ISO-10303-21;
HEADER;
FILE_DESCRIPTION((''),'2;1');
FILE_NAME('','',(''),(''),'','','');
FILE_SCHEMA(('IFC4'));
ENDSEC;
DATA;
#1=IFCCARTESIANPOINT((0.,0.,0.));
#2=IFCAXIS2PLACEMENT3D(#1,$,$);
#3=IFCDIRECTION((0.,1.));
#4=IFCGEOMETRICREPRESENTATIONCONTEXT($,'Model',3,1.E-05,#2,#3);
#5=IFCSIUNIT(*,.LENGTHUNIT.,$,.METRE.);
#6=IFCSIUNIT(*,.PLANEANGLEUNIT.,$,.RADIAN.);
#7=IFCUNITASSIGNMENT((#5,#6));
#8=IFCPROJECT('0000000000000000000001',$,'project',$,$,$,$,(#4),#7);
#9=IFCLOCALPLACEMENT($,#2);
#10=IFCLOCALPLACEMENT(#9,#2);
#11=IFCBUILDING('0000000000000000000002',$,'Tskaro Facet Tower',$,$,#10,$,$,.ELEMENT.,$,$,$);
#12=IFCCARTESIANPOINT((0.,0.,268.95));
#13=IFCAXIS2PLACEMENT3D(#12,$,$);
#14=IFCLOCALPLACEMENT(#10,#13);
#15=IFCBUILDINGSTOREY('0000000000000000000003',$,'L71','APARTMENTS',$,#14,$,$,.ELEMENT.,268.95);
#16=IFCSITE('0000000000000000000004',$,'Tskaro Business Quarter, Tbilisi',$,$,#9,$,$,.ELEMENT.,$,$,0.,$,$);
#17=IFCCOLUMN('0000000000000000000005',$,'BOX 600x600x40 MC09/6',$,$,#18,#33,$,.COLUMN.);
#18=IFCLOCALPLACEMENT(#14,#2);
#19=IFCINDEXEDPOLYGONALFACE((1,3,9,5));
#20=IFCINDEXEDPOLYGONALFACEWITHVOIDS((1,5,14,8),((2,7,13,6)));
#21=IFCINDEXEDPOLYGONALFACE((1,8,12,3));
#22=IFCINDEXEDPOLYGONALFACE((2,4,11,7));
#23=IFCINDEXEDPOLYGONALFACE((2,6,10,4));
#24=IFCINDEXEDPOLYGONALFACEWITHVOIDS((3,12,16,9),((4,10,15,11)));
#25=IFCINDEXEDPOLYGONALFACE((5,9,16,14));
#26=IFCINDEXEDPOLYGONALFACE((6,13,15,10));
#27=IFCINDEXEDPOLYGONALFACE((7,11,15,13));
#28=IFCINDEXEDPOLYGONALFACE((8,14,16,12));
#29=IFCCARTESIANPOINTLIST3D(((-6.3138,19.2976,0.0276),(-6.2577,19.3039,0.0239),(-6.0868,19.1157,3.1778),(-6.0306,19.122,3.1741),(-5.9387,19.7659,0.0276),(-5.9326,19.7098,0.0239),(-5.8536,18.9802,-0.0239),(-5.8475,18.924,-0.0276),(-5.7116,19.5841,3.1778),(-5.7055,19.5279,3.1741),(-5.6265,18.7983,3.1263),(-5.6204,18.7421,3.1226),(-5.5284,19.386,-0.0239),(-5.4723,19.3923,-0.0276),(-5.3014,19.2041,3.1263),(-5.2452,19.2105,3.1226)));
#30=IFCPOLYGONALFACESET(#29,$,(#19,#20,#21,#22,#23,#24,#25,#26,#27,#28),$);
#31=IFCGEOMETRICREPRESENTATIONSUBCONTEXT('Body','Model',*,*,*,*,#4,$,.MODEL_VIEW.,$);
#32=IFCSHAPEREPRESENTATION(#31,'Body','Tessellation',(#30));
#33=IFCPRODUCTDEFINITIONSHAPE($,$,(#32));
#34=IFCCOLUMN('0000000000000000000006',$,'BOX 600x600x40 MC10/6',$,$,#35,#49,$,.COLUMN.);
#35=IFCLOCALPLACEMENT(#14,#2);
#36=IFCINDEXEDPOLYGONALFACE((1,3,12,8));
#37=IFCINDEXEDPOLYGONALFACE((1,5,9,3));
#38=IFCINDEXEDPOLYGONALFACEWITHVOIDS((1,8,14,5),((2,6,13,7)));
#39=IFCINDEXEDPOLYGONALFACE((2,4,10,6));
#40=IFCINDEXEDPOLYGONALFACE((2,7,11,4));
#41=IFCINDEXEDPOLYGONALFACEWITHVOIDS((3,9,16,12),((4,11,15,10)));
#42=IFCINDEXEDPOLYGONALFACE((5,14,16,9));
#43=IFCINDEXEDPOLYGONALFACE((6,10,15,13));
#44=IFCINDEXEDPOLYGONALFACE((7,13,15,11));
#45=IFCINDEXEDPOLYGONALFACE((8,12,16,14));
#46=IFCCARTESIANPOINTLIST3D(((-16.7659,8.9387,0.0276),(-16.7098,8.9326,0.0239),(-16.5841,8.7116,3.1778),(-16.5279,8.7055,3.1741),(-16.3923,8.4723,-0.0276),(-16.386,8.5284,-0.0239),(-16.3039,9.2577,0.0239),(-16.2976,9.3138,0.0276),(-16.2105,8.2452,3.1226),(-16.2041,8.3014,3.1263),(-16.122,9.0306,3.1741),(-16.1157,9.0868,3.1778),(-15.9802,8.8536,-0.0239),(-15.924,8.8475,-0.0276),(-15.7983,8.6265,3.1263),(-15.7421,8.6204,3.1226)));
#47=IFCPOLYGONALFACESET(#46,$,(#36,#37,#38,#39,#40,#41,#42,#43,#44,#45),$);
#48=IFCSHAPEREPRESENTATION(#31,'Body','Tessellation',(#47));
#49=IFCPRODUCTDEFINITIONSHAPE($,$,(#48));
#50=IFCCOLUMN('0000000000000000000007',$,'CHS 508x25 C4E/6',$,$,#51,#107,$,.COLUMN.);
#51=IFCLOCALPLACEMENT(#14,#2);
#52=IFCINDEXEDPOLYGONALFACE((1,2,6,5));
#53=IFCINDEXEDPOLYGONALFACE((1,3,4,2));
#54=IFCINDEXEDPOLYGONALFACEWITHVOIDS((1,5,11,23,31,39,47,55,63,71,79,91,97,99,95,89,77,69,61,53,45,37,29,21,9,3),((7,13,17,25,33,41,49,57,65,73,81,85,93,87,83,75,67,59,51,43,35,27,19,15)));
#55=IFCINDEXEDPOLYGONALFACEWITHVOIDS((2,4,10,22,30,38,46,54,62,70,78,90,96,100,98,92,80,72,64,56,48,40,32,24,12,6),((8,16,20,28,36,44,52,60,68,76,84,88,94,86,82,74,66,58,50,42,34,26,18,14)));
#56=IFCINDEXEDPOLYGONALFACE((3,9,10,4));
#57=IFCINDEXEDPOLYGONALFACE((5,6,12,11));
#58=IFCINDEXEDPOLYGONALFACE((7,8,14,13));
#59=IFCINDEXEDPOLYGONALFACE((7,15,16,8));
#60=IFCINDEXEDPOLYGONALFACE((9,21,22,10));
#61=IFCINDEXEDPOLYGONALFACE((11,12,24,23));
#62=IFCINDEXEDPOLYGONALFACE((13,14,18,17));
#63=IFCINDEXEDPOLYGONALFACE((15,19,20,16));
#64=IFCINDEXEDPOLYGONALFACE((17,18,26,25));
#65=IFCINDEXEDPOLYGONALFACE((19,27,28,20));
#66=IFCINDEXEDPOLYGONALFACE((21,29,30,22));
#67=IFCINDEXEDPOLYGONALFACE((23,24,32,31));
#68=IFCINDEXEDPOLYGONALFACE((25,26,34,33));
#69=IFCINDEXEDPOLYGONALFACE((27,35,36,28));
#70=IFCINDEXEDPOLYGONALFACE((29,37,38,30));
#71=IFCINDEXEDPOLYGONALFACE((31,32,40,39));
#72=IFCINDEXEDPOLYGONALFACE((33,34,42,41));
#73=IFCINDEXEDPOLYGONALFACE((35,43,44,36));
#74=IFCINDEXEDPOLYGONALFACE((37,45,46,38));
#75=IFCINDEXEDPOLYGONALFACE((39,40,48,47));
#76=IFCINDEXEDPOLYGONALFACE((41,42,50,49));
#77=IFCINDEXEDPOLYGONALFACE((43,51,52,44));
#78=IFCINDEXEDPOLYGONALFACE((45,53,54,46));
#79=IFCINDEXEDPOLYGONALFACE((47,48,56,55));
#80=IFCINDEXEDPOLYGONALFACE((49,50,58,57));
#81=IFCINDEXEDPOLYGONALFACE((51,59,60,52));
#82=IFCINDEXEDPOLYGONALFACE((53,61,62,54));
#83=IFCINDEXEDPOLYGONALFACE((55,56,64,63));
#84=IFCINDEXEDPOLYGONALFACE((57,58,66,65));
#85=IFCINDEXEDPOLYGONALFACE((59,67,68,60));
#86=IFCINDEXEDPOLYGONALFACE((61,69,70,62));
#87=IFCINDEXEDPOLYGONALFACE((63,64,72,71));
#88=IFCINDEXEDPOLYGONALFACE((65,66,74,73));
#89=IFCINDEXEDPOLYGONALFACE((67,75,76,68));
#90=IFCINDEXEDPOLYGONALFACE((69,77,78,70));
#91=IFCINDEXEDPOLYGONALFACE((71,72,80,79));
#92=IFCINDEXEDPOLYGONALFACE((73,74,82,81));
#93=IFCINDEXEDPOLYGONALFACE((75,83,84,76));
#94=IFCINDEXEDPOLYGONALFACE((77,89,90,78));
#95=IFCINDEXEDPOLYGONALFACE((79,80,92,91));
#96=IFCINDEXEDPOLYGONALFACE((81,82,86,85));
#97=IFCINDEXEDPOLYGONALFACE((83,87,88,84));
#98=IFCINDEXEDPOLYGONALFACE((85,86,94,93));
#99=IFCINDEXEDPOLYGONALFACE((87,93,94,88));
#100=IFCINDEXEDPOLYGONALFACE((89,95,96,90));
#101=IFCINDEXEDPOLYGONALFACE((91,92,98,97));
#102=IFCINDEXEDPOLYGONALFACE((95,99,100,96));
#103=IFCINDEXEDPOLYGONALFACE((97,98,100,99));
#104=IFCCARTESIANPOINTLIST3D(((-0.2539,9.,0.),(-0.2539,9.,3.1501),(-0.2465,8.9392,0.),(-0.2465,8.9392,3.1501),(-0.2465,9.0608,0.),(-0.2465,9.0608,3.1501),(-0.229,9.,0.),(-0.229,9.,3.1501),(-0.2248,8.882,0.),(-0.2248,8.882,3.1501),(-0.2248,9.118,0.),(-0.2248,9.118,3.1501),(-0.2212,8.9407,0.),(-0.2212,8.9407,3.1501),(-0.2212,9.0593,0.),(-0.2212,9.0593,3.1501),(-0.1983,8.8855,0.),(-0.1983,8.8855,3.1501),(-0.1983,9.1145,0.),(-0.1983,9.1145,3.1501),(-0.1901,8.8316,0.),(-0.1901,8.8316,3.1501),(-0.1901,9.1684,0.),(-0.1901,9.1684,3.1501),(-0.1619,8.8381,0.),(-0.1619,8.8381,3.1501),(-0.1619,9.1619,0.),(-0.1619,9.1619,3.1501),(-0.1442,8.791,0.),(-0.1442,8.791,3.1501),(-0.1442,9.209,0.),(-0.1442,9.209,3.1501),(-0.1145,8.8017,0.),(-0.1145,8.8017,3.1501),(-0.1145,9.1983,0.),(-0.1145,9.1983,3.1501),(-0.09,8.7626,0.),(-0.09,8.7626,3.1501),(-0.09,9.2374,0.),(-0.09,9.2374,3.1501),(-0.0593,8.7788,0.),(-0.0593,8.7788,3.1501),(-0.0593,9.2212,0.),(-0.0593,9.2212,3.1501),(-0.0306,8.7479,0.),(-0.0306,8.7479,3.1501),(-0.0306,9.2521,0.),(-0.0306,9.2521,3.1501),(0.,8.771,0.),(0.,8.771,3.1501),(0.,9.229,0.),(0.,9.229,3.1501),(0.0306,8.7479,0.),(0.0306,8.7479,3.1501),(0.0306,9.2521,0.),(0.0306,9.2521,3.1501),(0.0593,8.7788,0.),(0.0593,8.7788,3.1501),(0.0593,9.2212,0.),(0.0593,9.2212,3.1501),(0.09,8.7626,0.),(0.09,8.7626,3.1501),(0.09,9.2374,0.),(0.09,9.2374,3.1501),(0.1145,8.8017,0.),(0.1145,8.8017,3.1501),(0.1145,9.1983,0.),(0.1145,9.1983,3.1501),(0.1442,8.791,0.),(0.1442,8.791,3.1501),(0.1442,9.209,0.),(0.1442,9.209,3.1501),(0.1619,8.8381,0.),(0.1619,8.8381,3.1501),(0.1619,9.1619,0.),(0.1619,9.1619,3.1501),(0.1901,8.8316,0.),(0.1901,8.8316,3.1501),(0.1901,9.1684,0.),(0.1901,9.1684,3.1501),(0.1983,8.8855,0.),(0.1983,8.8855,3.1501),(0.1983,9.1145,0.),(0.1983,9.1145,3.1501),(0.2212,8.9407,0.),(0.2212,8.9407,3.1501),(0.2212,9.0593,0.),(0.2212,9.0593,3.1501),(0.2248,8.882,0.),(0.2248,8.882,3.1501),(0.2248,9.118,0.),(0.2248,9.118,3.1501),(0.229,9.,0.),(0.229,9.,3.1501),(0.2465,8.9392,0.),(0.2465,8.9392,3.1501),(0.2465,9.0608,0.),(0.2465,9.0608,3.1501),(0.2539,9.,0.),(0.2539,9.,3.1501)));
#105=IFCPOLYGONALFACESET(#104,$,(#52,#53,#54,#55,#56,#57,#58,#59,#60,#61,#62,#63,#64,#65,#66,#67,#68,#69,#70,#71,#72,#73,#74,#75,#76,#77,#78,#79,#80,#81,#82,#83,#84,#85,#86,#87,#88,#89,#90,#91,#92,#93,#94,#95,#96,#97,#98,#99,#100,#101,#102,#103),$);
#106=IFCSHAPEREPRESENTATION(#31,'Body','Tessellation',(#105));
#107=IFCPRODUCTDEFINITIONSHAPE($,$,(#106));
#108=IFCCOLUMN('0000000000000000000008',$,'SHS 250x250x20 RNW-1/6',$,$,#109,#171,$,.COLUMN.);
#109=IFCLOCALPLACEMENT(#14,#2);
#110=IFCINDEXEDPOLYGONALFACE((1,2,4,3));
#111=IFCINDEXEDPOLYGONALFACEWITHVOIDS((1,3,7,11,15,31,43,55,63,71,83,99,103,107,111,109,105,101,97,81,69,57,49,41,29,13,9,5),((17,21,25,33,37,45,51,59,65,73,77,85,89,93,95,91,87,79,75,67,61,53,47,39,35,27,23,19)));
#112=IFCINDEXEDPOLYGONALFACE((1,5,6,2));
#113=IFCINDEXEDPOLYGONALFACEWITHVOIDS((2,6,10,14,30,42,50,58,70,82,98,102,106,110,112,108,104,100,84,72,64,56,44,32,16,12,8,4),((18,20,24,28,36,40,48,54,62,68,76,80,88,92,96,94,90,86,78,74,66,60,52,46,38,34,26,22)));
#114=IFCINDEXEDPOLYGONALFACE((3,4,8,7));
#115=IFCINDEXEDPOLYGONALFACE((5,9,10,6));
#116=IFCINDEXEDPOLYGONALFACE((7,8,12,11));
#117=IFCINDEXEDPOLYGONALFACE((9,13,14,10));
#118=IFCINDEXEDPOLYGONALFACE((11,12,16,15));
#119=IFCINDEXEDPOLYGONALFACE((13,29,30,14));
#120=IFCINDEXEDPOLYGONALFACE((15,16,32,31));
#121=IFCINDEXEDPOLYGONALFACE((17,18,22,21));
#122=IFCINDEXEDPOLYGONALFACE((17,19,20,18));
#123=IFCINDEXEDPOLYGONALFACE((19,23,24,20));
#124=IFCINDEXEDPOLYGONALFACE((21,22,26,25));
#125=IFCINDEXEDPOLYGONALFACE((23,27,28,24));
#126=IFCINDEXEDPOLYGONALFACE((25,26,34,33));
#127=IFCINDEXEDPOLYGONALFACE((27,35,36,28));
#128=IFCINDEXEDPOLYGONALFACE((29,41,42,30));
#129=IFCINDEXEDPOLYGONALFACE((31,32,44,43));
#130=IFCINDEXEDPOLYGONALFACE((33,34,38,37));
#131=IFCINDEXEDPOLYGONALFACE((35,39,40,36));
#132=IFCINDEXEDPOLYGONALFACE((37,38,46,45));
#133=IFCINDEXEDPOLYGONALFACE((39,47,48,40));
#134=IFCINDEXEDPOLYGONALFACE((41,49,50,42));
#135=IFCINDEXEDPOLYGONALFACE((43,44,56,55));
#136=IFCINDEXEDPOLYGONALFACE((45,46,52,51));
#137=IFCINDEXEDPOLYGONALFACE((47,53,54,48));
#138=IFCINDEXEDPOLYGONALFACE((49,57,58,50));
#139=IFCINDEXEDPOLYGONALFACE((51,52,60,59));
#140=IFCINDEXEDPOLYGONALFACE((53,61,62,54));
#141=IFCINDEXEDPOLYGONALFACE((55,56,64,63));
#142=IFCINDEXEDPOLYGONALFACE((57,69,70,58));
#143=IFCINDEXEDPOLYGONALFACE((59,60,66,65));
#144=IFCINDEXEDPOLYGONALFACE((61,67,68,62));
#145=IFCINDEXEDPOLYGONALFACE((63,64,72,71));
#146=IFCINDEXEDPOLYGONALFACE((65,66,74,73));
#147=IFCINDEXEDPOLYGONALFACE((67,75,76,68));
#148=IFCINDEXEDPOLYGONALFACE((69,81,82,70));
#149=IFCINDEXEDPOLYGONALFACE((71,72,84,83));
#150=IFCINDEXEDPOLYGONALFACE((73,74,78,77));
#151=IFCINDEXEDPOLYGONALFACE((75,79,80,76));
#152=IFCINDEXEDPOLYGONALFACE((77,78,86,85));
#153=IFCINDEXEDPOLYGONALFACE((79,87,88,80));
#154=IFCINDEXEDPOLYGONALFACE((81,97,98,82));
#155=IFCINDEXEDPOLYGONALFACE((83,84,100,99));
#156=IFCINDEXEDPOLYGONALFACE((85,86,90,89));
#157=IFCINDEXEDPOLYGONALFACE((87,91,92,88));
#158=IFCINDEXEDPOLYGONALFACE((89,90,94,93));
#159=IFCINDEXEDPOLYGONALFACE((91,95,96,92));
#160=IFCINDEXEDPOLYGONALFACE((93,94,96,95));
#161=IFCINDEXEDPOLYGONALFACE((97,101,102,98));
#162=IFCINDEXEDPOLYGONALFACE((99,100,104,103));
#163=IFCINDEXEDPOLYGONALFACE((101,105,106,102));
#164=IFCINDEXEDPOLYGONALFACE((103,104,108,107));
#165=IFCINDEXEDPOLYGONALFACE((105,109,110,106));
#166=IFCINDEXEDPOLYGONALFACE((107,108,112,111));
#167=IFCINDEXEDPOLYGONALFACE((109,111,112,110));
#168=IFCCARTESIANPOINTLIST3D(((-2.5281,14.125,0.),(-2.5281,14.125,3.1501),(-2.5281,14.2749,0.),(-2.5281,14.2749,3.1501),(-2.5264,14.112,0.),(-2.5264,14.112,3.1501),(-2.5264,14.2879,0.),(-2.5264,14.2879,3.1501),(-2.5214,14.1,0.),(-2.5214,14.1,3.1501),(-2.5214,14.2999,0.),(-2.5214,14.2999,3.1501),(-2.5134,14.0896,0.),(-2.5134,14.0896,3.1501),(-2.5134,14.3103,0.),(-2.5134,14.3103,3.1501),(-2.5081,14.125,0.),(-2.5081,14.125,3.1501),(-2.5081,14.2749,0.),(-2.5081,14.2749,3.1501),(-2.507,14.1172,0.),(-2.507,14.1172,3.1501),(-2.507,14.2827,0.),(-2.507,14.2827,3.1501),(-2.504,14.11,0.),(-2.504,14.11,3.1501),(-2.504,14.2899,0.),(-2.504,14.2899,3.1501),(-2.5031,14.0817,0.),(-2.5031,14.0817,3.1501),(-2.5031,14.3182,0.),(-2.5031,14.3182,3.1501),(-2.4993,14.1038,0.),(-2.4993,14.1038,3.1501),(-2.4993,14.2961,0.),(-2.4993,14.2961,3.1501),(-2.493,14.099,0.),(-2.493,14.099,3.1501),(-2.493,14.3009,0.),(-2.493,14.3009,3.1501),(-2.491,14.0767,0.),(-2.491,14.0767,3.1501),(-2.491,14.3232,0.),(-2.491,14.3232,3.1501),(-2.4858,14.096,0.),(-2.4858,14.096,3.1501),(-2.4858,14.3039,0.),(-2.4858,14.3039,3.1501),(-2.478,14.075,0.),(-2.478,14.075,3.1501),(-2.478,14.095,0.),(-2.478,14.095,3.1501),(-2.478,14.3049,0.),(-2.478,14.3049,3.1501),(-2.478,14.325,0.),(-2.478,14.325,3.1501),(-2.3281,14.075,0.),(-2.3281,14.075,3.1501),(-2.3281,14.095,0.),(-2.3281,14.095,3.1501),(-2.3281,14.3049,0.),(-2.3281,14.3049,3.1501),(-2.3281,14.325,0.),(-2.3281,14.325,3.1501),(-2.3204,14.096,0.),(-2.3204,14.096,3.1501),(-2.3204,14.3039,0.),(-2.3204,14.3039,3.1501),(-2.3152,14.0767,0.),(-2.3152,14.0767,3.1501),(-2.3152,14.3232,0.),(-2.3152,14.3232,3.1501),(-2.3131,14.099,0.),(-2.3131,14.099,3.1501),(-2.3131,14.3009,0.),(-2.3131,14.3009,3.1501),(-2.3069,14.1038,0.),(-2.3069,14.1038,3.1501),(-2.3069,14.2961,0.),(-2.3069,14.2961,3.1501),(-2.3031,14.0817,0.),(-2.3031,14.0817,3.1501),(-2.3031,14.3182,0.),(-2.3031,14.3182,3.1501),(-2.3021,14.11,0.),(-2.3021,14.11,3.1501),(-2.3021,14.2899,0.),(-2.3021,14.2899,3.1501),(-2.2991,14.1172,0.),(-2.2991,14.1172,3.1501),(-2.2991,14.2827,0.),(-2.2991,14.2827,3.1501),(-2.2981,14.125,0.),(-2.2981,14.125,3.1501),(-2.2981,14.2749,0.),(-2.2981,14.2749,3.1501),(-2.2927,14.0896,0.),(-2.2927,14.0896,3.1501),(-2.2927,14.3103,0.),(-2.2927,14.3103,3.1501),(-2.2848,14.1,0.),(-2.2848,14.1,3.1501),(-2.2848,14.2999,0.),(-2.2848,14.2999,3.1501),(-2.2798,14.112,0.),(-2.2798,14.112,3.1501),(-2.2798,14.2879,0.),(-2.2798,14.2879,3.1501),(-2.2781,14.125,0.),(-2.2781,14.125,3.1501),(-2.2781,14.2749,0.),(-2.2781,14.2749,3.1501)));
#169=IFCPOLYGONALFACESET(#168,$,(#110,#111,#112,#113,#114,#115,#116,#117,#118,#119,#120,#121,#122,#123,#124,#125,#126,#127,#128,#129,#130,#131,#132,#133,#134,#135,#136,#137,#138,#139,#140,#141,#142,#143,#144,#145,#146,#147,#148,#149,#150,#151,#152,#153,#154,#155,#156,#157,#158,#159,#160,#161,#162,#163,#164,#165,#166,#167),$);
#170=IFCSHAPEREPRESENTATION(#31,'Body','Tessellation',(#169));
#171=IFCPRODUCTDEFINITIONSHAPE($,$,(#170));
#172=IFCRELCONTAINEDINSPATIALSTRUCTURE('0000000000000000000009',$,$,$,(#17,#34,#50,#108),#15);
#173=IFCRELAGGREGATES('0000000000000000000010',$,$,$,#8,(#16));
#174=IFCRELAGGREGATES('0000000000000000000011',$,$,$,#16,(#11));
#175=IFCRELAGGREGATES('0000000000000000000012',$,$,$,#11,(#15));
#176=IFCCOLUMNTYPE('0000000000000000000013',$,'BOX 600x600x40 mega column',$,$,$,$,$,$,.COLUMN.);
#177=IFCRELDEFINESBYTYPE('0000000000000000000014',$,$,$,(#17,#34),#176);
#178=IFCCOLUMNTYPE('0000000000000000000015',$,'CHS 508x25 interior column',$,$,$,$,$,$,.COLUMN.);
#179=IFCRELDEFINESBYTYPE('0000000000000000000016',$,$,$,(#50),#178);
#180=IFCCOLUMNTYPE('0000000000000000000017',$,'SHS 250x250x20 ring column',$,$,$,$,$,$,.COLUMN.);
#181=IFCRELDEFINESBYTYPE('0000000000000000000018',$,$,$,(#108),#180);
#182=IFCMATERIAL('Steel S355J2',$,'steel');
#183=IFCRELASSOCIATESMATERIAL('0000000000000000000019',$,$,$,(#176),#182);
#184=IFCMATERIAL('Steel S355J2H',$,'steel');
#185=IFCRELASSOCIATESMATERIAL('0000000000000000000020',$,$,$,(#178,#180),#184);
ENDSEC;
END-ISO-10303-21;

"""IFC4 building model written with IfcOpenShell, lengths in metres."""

from ifc_helpers import new_model, si_unit, direction, frame, origin, origin_2d, place, context, subcontext, project, spatial, hollow_rectangle, hollow_circle, extrude, material, material_profile, profile_set, type_object, element, save


model = new_model("IFC4")

# Units and contexts
model_context = context("Model", 3, precision=1e-05, world=origin(), true_north=direction((0.0, 1.0)))
body_context = subcontext(model_context, "Body", "Model", "MODEL_VIEW")
ifc_project = project(units=[si_unit("LENGTHUNIT", "METRE"), si_unit("PLANEANGLEUNIT", "RADIAN")], contexts=[model_context])

# Site, building, storey
site_placement = place(None, origin())
site = spatial("IfcSite", under=ifc_project, at=site_placement, Name="Tskaro Business Quarter, Tbilisi", CompositionType="ELEMENT", RefElevation=0.0)
building_placement = place(site_placement, origin())
building = spatial("IfcBuilding", under=site, at=building_placement, Name="Tskaro Facet Tower", CompositionType="ELEMENT")
storey_placement = place(building_placement, frame((0.0, 0.0, 268.95)))
storey = spatial("IfcBuildingStorey", under=building, at=storey_placement, Name="L71", Description="APARTMENTS", CompositionType="ELEMENT", Elevation=268.95)

# Columns
ifc_material_1 = material(Name="Steel S355J2", Category="steel")
ifc_material_profile_1 = material_profile(ifc_material_1, hollow_rectangle(XDim=0.6001, YDim=0.6001, WallThickness=0.04, at=origin_2d()), Name="BOX 600x600x40")
ifc_profile_set_1 = profile_set([ifc_material_profile_1], Name="Steel S355J2")
column_type_1 = type_object("IfcColumnType", Name="BOX 600x600x40 mega column", PredefinedType="COLUMN", material=ifc_profile_set_1)
for number, where, z_axis, x_axis, name in (
    (1, (-5.8931, 19.345, 0.0), (0.071771, -0.057494, 0.995763), (0.625207, 0.780459, 0.0), "BOX 600x600x40 MC09/6"),
    (2, (-16.345, 8.8931, 0.0), (0.057494, -0.071771, 0.995763), (0.780459, 0.625207, 0.0), "BOX 600x600x40 MC10/6"),
):
    element("IfcColumn", number, at=place(storey_placement, frame(where, z_axis=z_axis, x_axis=x_axis)), inside=storey, type_object=column_type_1, Name=name, PredefinedType="COLUMN", context=body_context, shape_type="SweptSolid", body=[
        extrude(hollow_rectangle(XDim=0.6001, YDim=0.6001, WallThickness=0.04, at=origin_2d()), origin(), (0.0, 0.0, 1.0), 3.1636),
    ])
ifc_material_2 = material(Name="Steel S355J2H", Category="steel")
ifc_material_profile_2 = material_profile(ifc_material_2, hollow_circle(Radius=0.2539, WallThickness=0.0249, at=origin_2d()), Name="CHS 508x25")
ifc_profile_set_2 = profile_set([ifc_material_profile_2], Name="Steel S355J2H")
column_type_2 = type_object("IfcColumnType", Name="CHS 508x25 interior column", PredefinedType="COLUMN", material=ifc_profile_set_2)
column_placement = place(storey_placement, frame((0.0, 9.0, 0.0), z_axis=(0.0, 0.0, 1.0), x_axis=(1.0, 0.0, 0.0)))
element("IfcColumn", 3, at=column_placement, inside=storey, type_object=column_type_2, Name="CHS 508x25 C4E/6", PredefinedType="COLUMN", context=body_context, shape_type="SweptSolid", body=[
    extrude(hollow_circle(Radius=0.2539, WallThickness=0.0249, at=origin_2d()), origin(), (0.0, 0.0, 1.0), 3.1501),
])
ifc_material_profile_3 = material_profile(ifc_material_2, hollow_rectangle(XDim=0.25, YDim=0.25, WallThickness=0.02, InnerFilletRadius=0.03, OuterFilletRadius=0.05, at=origin_2d()), Name="SHS 250x250x20")
ifc_profile_set_3 = profile_set([ifc_material_profile_3], Name="Steel S355J2H")
column_type_3 = type_object("IfcColumnType", Name="SHS 250x250x20 ring column", PredefinedType="COLUMN", material=ifc_profile_set_3)
for number, where, z_axis, x_axis, name in (
    (4, (-2.4031, 14.2, 0.0), (0.0, 0.0, 1.0), (1.0, 0.0, 0.0), "SHS 250x250x20 RNW-1/6"),
):
    element("IfcColumn", number, at=place(storey_placement, frame(where, z_axis=z_axis, x_axis=x_axis)), inside=storey, type_object=column_type_3, Name=name, PredefinedType="COLUMN", context=body_context, shape_type="SweptSolid", body=[
        extrude(hollow_rectangle(XDim=0.25, YDim=0.25, WallThickness=0.02, InnerFilletRadius=0.03, OuterFilletRadius=0.05, at=origin_2d()), origin(), (0.0, 0.0, 1.0), 3.1501),
    ])

save(model, "model.ifc")
